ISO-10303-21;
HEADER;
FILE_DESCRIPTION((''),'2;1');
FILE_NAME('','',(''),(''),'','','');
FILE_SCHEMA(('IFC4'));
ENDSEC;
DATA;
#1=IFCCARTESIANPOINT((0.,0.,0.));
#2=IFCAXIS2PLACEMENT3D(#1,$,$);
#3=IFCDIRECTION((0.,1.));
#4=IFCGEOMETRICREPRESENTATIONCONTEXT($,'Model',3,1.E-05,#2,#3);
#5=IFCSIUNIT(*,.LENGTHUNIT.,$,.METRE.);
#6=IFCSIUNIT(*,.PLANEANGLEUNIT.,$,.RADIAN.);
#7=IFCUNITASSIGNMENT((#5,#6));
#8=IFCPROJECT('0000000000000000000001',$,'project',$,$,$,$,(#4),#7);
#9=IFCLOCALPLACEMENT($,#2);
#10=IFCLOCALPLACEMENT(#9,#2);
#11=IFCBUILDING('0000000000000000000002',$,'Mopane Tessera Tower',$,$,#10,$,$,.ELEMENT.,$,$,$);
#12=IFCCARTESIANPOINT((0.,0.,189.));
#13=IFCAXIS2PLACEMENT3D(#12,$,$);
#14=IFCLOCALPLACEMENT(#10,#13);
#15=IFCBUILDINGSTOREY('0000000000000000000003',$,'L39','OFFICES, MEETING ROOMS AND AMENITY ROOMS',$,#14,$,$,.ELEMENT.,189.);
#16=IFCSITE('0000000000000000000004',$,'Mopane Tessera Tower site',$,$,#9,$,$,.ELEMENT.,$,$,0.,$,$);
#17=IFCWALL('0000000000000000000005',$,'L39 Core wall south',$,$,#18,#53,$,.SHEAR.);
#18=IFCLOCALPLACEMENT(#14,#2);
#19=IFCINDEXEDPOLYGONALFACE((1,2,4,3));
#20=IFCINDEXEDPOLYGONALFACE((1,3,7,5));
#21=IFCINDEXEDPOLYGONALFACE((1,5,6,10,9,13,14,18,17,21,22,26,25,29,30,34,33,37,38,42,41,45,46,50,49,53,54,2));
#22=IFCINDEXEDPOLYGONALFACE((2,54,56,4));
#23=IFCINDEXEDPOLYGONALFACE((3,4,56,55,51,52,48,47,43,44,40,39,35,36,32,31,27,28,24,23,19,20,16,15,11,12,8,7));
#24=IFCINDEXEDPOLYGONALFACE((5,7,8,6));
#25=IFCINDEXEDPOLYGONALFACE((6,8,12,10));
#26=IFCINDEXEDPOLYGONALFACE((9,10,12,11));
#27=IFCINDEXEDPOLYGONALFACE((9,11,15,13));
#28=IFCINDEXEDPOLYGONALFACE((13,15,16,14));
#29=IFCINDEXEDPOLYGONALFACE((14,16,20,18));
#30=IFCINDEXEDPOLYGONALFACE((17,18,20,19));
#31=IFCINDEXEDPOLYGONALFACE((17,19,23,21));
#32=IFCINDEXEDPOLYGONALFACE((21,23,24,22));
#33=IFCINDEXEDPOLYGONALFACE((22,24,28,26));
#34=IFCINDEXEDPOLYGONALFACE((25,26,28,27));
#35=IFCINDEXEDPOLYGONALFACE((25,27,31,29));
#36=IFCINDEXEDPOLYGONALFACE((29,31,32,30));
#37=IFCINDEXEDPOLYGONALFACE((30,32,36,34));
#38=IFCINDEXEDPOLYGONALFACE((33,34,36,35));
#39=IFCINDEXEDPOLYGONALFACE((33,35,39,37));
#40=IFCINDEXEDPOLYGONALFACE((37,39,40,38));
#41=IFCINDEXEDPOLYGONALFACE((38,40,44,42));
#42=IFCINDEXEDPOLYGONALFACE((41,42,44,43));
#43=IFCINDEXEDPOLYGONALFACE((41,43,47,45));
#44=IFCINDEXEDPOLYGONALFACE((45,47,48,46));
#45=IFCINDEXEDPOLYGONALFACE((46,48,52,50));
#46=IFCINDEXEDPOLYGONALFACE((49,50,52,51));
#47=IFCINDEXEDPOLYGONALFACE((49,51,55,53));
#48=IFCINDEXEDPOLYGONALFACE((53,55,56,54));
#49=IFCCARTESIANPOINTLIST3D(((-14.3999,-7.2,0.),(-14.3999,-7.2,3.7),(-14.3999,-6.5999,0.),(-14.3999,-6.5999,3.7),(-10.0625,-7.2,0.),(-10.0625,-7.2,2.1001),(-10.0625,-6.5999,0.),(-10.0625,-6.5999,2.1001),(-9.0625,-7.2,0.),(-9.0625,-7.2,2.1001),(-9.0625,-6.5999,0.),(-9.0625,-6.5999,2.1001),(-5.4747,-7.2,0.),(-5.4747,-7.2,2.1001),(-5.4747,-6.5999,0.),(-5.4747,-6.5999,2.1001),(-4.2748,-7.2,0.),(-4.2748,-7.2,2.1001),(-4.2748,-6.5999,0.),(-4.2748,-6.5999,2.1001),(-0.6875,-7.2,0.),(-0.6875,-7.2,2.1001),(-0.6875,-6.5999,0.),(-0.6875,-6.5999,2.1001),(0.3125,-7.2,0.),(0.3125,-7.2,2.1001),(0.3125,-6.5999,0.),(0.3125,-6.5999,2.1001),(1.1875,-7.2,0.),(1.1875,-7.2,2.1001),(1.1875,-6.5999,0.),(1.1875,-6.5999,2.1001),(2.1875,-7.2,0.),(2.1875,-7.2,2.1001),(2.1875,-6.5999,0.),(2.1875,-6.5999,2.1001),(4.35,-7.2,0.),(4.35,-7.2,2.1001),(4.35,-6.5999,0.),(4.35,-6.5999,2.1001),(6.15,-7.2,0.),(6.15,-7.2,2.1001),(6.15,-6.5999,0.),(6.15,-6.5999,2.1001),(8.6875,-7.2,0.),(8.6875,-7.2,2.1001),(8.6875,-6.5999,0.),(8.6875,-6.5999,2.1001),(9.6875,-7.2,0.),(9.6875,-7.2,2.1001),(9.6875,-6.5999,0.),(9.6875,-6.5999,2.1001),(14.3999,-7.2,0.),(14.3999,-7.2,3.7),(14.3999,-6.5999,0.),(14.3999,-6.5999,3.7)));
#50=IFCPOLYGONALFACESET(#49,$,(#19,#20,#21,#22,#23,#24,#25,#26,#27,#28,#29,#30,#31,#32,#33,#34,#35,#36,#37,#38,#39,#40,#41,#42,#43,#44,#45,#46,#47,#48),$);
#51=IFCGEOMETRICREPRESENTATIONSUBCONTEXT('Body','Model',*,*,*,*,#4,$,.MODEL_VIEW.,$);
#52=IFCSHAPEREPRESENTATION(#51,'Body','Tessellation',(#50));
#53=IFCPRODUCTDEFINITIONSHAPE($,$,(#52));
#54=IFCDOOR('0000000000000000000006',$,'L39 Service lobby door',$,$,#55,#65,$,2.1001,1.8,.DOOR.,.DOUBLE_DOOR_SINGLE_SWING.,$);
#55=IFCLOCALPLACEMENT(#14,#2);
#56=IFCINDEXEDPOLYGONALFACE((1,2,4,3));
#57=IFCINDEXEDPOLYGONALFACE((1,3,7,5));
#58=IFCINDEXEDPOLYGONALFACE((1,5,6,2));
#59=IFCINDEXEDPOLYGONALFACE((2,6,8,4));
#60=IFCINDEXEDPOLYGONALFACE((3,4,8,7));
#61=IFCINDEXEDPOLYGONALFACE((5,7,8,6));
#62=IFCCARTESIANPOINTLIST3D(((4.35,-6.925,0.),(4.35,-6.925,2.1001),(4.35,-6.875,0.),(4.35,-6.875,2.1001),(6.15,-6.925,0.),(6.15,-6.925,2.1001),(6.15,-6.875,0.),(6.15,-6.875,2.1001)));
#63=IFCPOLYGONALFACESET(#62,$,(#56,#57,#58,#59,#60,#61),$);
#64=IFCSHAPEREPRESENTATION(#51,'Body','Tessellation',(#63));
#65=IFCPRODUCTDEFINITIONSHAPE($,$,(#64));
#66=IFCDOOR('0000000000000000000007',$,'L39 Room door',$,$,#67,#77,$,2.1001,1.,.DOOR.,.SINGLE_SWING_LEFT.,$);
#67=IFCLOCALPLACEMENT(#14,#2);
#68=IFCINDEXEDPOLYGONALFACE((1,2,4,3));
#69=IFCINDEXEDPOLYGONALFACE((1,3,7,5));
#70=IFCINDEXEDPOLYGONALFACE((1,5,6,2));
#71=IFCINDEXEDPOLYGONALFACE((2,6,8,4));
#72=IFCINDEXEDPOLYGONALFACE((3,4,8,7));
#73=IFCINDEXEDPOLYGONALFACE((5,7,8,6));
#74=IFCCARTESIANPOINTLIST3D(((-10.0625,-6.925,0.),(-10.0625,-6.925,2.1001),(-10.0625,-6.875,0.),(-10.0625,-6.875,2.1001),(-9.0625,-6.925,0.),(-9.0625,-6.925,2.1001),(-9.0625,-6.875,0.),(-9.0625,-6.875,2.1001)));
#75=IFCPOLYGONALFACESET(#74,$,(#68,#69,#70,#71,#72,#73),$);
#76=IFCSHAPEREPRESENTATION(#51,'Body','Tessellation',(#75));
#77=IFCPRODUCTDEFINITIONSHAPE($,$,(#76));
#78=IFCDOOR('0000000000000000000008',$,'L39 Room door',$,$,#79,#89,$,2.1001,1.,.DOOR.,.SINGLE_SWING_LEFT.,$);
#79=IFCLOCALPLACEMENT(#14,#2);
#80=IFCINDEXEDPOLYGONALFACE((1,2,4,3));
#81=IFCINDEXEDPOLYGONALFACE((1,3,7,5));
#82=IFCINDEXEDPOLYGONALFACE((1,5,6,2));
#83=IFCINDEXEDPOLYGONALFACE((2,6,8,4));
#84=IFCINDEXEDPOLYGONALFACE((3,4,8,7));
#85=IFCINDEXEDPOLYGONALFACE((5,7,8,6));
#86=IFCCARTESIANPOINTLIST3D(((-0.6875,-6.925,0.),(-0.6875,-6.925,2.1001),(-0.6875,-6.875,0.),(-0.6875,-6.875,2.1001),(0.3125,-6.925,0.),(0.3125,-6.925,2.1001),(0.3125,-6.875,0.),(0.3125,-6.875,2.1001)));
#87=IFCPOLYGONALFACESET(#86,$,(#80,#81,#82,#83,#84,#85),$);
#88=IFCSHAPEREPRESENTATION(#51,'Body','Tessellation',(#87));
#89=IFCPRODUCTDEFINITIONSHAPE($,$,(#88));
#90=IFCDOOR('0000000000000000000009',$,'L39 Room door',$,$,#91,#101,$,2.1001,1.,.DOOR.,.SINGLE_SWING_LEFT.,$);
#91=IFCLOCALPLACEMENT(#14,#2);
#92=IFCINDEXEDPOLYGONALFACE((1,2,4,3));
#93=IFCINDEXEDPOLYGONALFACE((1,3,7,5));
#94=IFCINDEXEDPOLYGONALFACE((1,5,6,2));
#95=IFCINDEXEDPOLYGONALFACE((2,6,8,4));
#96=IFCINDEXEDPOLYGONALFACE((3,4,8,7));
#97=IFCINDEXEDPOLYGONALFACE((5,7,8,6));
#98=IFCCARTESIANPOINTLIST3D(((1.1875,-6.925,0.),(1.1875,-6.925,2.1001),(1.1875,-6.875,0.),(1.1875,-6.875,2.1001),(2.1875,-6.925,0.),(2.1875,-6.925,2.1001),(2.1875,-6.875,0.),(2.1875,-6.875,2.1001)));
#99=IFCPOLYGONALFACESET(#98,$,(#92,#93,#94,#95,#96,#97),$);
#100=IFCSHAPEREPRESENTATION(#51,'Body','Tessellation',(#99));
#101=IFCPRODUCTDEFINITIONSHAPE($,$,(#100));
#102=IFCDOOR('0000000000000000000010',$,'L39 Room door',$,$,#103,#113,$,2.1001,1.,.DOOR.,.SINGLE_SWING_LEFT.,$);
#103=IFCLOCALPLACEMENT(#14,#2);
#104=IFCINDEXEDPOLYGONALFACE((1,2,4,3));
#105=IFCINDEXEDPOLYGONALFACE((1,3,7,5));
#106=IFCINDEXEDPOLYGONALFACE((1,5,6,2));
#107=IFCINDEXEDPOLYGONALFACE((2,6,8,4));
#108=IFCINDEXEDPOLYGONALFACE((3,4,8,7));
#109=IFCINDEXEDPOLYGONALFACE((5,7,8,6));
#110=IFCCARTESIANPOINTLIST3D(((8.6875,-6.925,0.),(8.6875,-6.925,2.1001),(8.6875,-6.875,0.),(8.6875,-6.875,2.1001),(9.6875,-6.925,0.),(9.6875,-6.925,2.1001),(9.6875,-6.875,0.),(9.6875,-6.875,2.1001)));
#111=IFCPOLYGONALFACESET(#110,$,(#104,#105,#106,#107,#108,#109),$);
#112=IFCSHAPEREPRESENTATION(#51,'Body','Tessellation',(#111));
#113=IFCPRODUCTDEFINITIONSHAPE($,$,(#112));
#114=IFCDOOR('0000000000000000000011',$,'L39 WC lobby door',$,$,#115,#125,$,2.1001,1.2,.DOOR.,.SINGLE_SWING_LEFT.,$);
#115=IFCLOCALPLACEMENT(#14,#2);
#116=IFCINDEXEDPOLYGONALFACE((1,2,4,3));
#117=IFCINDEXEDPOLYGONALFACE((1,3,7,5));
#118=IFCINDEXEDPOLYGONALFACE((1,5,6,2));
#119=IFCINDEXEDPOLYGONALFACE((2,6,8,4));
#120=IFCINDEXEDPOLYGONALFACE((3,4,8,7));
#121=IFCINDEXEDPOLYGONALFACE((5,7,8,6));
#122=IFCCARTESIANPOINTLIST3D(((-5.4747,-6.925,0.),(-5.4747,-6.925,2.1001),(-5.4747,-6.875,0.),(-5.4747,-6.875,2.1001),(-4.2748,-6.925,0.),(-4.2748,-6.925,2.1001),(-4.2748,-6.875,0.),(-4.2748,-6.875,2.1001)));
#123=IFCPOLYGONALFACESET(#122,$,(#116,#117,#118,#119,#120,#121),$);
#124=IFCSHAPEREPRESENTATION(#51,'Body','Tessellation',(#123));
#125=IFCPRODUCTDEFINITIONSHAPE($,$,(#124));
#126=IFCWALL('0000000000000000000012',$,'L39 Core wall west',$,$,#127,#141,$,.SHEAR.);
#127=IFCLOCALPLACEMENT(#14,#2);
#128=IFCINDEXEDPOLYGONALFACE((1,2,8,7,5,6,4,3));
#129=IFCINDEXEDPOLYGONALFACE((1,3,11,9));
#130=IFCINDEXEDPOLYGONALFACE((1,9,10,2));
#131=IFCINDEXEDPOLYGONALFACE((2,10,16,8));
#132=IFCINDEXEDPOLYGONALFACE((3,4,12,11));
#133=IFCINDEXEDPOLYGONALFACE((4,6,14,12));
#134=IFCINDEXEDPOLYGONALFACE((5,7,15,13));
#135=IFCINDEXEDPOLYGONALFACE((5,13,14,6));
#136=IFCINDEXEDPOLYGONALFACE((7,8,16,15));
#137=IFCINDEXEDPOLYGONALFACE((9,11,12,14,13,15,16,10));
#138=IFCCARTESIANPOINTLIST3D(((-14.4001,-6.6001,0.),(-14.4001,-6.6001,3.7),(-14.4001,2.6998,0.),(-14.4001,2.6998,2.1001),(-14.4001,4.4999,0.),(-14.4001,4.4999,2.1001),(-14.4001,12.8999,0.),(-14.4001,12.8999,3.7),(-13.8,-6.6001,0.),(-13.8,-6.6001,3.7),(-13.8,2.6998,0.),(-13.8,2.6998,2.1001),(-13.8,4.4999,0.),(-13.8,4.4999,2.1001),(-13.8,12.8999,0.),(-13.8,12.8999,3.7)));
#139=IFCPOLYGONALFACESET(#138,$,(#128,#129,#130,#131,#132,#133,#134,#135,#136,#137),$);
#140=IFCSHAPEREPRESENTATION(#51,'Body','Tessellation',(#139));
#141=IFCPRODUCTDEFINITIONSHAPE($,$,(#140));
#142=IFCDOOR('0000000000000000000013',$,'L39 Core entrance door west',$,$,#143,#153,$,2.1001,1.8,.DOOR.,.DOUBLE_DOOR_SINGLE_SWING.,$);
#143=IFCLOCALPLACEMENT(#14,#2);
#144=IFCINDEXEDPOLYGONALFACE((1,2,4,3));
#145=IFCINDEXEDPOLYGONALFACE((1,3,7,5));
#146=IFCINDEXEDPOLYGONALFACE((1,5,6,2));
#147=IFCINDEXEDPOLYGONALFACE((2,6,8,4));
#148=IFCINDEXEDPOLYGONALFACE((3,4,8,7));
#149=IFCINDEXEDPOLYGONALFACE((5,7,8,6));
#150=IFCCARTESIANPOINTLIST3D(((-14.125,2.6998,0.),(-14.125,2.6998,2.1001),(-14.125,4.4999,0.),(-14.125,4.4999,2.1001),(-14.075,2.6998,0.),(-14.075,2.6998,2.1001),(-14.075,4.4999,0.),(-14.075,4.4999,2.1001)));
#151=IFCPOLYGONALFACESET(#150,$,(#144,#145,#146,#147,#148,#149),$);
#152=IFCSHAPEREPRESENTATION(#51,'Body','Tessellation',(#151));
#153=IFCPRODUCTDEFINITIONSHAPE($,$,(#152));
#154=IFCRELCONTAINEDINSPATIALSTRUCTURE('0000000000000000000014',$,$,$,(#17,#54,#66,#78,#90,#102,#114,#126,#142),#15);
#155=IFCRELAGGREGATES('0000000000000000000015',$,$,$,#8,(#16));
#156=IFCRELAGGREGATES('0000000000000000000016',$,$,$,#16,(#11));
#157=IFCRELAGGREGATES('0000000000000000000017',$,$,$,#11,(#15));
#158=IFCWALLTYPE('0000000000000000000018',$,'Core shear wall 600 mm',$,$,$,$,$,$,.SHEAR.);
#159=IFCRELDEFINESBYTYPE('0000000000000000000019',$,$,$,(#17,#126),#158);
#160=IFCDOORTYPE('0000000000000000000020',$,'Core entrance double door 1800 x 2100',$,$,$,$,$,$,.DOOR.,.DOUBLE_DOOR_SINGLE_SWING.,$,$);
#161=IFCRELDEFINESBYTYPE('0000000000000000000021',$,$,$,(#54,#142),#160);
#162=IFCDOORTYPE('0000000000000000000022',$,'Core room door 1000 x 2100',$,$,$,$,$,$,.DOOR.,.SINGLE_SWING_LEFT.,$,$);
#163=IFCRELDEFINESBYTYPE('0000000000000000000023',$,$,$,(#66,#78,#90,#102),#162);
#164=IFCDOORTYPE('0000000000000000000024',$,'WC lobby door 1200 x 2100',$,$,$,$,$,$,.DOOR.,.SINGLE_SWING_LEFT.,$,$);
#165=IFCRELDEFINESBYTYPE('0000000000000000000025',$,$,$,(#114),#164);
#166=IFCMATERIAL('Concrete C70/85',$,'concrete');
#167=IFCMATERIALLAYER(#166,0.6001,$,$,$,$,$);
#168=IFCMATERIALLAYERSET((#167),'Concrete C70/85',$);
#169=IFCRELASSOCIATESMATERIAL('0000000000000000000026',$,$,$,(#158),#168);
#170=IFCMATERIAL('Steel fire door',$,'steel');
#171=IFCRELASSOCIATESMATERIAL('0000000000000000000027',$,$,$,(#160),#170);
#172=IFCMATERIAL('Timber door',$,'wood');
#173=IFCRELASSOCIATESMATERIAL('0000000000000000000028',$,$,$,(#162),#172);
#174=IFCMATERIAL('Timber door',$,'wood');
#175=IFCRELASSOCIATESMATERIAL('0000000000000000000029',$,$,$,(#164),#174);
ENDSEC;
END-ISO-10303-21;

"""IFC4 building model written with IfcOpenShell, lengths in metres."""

from ifc_helpers import new_model, si_unit, direction, frame, frame_2d, origin, place, context, subcontext, project, spatial, rectangle, extrude, material, layer, layer_set, type_object, element, fill, save


model = new_model("IFC4")

# Units and contexts
model_context = context("Model", 3, precision=1e-05, world=origin(), true_north=direction((0.0, 1.0)))
body_context = subcontext(model_context, "Body", "Model", "MODEL_VIEW")
ifc_project = project(units=[si_unit("LENGTHUNIT", "METRE"), si_unit("PLANEANGLEUNIT", "RADIAN")], contexts=[model_context])

# Site, building, storey
site_placement = place(None, origin())
site = spatial("IfcSite", under=ifc_project, at=site_placement, Name="Mopane Tessera Tower site", CompositionType="ELEMENT", RefElevation=0.0)
building_placement = place(site_placement, origin())
building = spatial("IfcBuilding", under=site, at=building_placement, Name="Mopane Tessera Tower", CompositionType="ELEMENT")
storey_placement = place(building_placement, frame((0.0, 0.0, 189.0)))
storey = spatial("IfcBuildingStorey", under=building, at=storey_placement, Name="L39", Description="OFFICES, MEETING ROOMS AND AMENITY ROOMS", CompositionType="ELEMENT", Elevation=189.0)

# Wall, openings, doors
ifc_material_1 = material(Name="Concrete C70/85", Category="concrete")
ifc_layer_1 = layer(ifc_material_1, 0.6001)
ifc_layer_set_1 = layer_set([ifc_layer_1], Name="Concrete C70/85")
wall_type_1 = type_object("IfcWallType", Name="Core shear wall 600 mm", PredefinedType="SHEAR", material=ifc_layer_set_1)
wall_1_placement = place(storey_placement, frame((-14.3999, -6.8999, 0.0), z_axis=(0.0, 0.0, 1.0), x_axis=(1.0, 0.0, 0.0)))
wall_1 = element("IfcWall", 1, at=wall_1_placement, inside=storey, type_object=wall_type_1, Name="L39 Core wall south", PredefinedType="SHEAR", context=body_context, shape_type="SweptSolid", body=[
    extrude(rectangle(XDim=28.7998, YDim=0.6001, at=frame_2d((14.3999, 0.0))), origin(), (0.0, 0.0, 1.0), 3.7),
])
opening_1_placement = place(wall_1_placement, frame((4.3374, 0.0, 0.0)))
opening_1 = element("IfcOpeningElement", 2, at=opening_1_placement, cuts=wall_1, PredefinedType="OPENING", context=body_context, shape_type="SweptSolid", body=[
    extrude(rectangle(XDim=1.0, YDim=2.1001, at=frame_2d((0.5, 1.05))), frame((0.0, 0.312, 0.0), z_axis=(0.0, -1.0, 0.0), x_axis=(1.0, 0.0, 0.0)), (0.0, 0.0, 1.0), 0.624),
])
opening_2_placement = place(wall_1_placement, frame((8.925, 0.0, 0.0)))
opening_2 = element("IfcOpeningElement", 3, at=opening_2_placement, cuts=wall_1, PredefinedType="OPENING", context=body_context, shape_type="SweptSolid", body=[
    extrude(rectangle(XDim=1.2, YDim=2.1001, at=frame_2d((0.6001, 1.05))), frame((0.0, 0.312, 0.0), z_axis=(0.0, -1.0, 0.0), x_axis=(1.0, 0.0, 0.0)), (0.0, 0.0, 1.0), 0.624),
])
opening_3_placement = place(wall_1_placement, frame((13.7124, 0.0, 0.0)))
opening_3 = element("IfcOpeningElement", 4, at=opening_3_placement, cuts=wall_1, PredefinedType="OPENING", context=body_context, shape_type="SweptSolid", body=[
    extrude(rectangle(XDim=1.0, YDim=2.1001, at=frame_2d((0.5, 1.05))), frame((0.0, 0.312, 0.0), z_axis=(0.0, -1.0, 0.0), x_axis=(1.0, 0.0, 0.0)), (0.0, 0.0, 1.0), 0.624),
])
opening_4_placement = place(wall_1_placement, frame((15.5874, 0.0, 0.0)))
opening_4 = element("IfcOpeningElement", 5, at=opening_4_placement, cuts=wall_1, PredefinedType="OPENING", context=body_context, shape_type="SweptSolid", body=[
    extrude(rectangle(XDim=1.0, YDim=2.1001, at=frame_2d((0.5, 1.05))), frame((0.0, 0.312, 0.0), z_axis=(0.0, -1.0, 0.0), x_axis=(1.0, 0.0, 0.0)), (0.0, 0.0, 1.0), 0.624),
])
opening_5_placement = place(wall_1_placement, frame((18.75, 0.0, 0.0)))
opening_5 = element("IfcOpeningElement", 6, at=opening_5_placement, cuts=wall_1, PredefinedType="OPENING", context=body_context, shape_type="SweptSolid", body=[
    extrude(rectangle(XDim=1.8, YDim=2.1001, at=frame_2d((0.8999, 1.05))), frame((0.0, 0.312, 0.0), z_axis=(0.0, -1.0, 0.0), x_axis=(1.0, 0.0, 0.0)), (0.0, 0.0, 1.0), 0.624),
])
opening_6_placement = place(wall_1_placement, frame((23.0874, 0.0, 0.0)))
opening_6 = element("IfcOpeningElement", 7, at=opening_6_placement, cuts=wall_1, PredefinedType="OPENING", context=body_context, shape_type="SweptSolid", body=[
    extrude(rectangle(XDim=1.0, YDim=2.1001, at=frame_2d((0.5, 1.05))), frame((0.0, 0.312, 0.0), z_axis=(0.0, -1.0, 0.0), x_axis=(1.0, 0.0, 0.0)), (0.0, 0.0, 1.0), 0.624),
])
ifc_material_2 = material(Name="Steel fire door", Category="steel")
door_type_1 = type_object("IfcDoorType", Name="Core entrance double door 1800 x 2100", OperationType="DOUBLE_DOOR_SINGLE_SWING", PredefinedType="DOOR", material=ifc_material_2)
door_1_placement = place(opening_5_placement, origin())
door_1 = element("IfcDoor", 8, at=door_1_placement, inside=storey, type_object=door_type_1, Name="L39 Service lobby door", OperationType="DOUBLE_DOOR_SINGLE_SWING", OverallHeight=2.1001, OverallWidth=1.8, PredefinedType="DOOR", context=body_context, shape_type="SweptSolid", body=[
    extrude(rectangle(XDim=1.8, YDim=2.1001, at=frame_2d((0.8999, 1.05))), frame((0.0, 0.0249, 0.0), z_axis=(0.0, -1.0, 0.0), x_axis=(1.0, 0.0, 0.0)), (0.0, 0.0, 1.0), 0.05),
])
fill(opening_5, door_1)
ifc_material_3 = material(Name="Timber door", Category="wood")
door_type_2 = type_object("IfcDoorType", Name="Core room door 1000 x 2100", OperationType="SINGLE_SWING_LEFT", PredefinedType="DOOR", material=ifc_material_3)
door_2_placement = place(opening_1_placement, origin())
door_2 = element("IfcDoor", 9, at=door_2_placement, inside=storey, type_object=door_type_2, Name="L39 Room door", OperationType="SINGLE_SWING_LEFT", OverallHeight=2.1001, OverallWidth=1.0, PredefinedType="DOOR", context=body_context, shape_type="SweptSolid", body=[
    extrude(rectangle(XDim=1.0, YDim=2.1001, at=frame_2d((0.5, 1.05))), frame((0.0, 0.0249, 0.0), z_axis=(0.0, -1.0, 0.0), x_axis=(1.0, 0.0, 0.0)), (0.0, 0.0, 1.0), 0.05),
])
fill(opening_1, door_2)
door_3_placement = place(opening_3_placement, origin())
door_3 = element("IfcDoor", 10, at=door_3_placement, inside=storey, type_object=door_type_2, Name="L39 Room door", OperationType="SINGLE_SWING_LEFT", OverallHeight=2.1001, OverallWidth=1.0, PredefinedType="DOOR", context=body_context, shape_type="SweptSolid", body=[
    extrude(rectangle(XDim=1.0, YDim=2.1001, at=frame_2d((0.5, 1.05))), frame((0.0, 0.0249, 0.0), z_axis=(0.0, -1.0, 0.0), x_axis=(1.0, 0.0, 0.0)), (0.0, 0.0, 1.0), 0.05),
])
fill(opening_3, door_3)
door_4_placement = place(opening_4_placement, origin())
door_4 = element("IfcDoor", 11, at=door_4_placement, inside=storey, type_object=door_type_2, Name="L39 Room door", OperationType="SINGLE_SWING_LEFT", OverallHeight=2.1001, OverallWidth=1.0, PredefinedType="DOOR", context=body_context, shape_type="SweptSolid", body=[
    extrude(rectangle(XDim=1.0, YDim=2.1001, at=frame_2d((0.5, 1.05))), frame((0.0, 0.0249, 0.0), z_axis=(0.0, -1.0, 0.0), x_axis=(1.0, 0.0, 0.0)), (0.0, 0.0, 1.0), 0.05),
])
fill(opening_4, door_4)
door_5_placement = place(opening_6_placement, origin())
door_5 = element("IfcDoor", 12, at=door_5_placement, inside=storey, type_object=door_type_2, Name="L39 Room door", OperationType="SINGLE_SWING_LEFT", OverallHeight=2.1001, OverallWidth=1.0, PredefinedType="DOOR", context=body_context, shape_type="SweptSolid", body=[
    extrude(rectangle(XDim=1.0, YDim=2.1001, at=frame_2d((0.5, 1.05))), frame((0.0, 0.0249, 0.0), z_axis=(0.0, -1.0, 0.0), x_axis=(1.0, 0.0, 0.0)), (0.0, 0.0, 1.0), 0.05),
])
fill(opening_6, door_5)
ifc_material_4 = material(Name="Timber door", Category="wood")
door_type_3 = type_object("IfcDoorType", Name="WC lobby door 1200 x 2100", OperationType="SINGLE_SWING_LEFT", PredefinedType="DOOR", material=ifc_material_4)
door_6_placement = place(opening_2_placement, origin())
door_6 = element("IfcDoor", 13, at=door_6_placement, inside=storey, type_object=door_type_3, Name="L39 WC lobby door", OperationType="SINGLE_SWING_LEFT", OverallHeight=2.1001, OverallWidth=1.2, PredefinedType="DOOR", context=body_context, shape_type="SweptSolid", body=[
    extrude(rectangle(XDim=1.2, YDim=2.1001, at=frame_2d((0.6001, 1.05))), frame((0.0, 0.0249, 0.0), z_axis=(0.0, -1.0, 0.0), x_axis=(1.0, 0.0, 0.0)), (0.0, 0.0, 1.0), 0.05),
])
fill(opening_2, door_6)

# Wall, opening, door
wall_2_placement = place(storey_placement, frame((-14.1001, -6.6001, 0.0), z_axis=(0.0, 0.0, 1.0), x_axis=(0.0, 1.0, 0.0)))
wall_2 = element("IfcWall", 14, at=wall_2_placement, inside=storey, type_object=wall_type_1, Name="L39 Core wall west", PredefinedType="SHEAR", context=body_context, shape_type="SweptSolid", body=[
    extrude(rectangle(XDim=19.5, YDim=0.6001, at=frame_2d((9.75, 0.0))), origin(), (0.0, 0.0, 1.0), 3.7),
])
opening_7_placement = place(wall_2_placement, frame((9.3, 0.0, 0.0)))
opening_7 = element("IfcOpeningElement", 15, at=opening_7_placement, cuts=wall_2, PredefinedType="OPENING", context=body_context, shape_type="SweptSolid", body=[
    extrude(rectangle(XDim=1.8, YDim=2.1001, at=frame_2d((0.8999, 1.05))), frame((0.0, 0.312, 0.0), z_axis=(0.0, -1.0, 0.0), x_axis=(1.0, 0.0, 0.0)), (0.0, 0.0, 1.0), 0.624),
])
door_7_placement = place(opening_7_placement, origin())
door_7 = element("IfcDoor", 16, at=door_7_placement, inside=storey, type_object=door_type_1, Name="L39 Core entrance door west", OperationType="DOUBLE_DOOR_SINGLE_SWING", OverallHeight=2.1001, OverallWidth=1.8, PredefinedType="DOOR", context=body_context, shape_type="SweptSolid", body=[
    extrude(rectangle(XDim=1.8, YDim=2.1001, at=frame_2d((0.8999, 1.05))), frame((0.0, 0.0249, 0.0), z_axis=(0.0, -1.0, 0.0), x_axis=(1.0, 0.0, 0.0)), (0.0, 0.0, 1.0), 0.05),
])
fill(opening_7, door_7)

save(model, "model.ifc")
